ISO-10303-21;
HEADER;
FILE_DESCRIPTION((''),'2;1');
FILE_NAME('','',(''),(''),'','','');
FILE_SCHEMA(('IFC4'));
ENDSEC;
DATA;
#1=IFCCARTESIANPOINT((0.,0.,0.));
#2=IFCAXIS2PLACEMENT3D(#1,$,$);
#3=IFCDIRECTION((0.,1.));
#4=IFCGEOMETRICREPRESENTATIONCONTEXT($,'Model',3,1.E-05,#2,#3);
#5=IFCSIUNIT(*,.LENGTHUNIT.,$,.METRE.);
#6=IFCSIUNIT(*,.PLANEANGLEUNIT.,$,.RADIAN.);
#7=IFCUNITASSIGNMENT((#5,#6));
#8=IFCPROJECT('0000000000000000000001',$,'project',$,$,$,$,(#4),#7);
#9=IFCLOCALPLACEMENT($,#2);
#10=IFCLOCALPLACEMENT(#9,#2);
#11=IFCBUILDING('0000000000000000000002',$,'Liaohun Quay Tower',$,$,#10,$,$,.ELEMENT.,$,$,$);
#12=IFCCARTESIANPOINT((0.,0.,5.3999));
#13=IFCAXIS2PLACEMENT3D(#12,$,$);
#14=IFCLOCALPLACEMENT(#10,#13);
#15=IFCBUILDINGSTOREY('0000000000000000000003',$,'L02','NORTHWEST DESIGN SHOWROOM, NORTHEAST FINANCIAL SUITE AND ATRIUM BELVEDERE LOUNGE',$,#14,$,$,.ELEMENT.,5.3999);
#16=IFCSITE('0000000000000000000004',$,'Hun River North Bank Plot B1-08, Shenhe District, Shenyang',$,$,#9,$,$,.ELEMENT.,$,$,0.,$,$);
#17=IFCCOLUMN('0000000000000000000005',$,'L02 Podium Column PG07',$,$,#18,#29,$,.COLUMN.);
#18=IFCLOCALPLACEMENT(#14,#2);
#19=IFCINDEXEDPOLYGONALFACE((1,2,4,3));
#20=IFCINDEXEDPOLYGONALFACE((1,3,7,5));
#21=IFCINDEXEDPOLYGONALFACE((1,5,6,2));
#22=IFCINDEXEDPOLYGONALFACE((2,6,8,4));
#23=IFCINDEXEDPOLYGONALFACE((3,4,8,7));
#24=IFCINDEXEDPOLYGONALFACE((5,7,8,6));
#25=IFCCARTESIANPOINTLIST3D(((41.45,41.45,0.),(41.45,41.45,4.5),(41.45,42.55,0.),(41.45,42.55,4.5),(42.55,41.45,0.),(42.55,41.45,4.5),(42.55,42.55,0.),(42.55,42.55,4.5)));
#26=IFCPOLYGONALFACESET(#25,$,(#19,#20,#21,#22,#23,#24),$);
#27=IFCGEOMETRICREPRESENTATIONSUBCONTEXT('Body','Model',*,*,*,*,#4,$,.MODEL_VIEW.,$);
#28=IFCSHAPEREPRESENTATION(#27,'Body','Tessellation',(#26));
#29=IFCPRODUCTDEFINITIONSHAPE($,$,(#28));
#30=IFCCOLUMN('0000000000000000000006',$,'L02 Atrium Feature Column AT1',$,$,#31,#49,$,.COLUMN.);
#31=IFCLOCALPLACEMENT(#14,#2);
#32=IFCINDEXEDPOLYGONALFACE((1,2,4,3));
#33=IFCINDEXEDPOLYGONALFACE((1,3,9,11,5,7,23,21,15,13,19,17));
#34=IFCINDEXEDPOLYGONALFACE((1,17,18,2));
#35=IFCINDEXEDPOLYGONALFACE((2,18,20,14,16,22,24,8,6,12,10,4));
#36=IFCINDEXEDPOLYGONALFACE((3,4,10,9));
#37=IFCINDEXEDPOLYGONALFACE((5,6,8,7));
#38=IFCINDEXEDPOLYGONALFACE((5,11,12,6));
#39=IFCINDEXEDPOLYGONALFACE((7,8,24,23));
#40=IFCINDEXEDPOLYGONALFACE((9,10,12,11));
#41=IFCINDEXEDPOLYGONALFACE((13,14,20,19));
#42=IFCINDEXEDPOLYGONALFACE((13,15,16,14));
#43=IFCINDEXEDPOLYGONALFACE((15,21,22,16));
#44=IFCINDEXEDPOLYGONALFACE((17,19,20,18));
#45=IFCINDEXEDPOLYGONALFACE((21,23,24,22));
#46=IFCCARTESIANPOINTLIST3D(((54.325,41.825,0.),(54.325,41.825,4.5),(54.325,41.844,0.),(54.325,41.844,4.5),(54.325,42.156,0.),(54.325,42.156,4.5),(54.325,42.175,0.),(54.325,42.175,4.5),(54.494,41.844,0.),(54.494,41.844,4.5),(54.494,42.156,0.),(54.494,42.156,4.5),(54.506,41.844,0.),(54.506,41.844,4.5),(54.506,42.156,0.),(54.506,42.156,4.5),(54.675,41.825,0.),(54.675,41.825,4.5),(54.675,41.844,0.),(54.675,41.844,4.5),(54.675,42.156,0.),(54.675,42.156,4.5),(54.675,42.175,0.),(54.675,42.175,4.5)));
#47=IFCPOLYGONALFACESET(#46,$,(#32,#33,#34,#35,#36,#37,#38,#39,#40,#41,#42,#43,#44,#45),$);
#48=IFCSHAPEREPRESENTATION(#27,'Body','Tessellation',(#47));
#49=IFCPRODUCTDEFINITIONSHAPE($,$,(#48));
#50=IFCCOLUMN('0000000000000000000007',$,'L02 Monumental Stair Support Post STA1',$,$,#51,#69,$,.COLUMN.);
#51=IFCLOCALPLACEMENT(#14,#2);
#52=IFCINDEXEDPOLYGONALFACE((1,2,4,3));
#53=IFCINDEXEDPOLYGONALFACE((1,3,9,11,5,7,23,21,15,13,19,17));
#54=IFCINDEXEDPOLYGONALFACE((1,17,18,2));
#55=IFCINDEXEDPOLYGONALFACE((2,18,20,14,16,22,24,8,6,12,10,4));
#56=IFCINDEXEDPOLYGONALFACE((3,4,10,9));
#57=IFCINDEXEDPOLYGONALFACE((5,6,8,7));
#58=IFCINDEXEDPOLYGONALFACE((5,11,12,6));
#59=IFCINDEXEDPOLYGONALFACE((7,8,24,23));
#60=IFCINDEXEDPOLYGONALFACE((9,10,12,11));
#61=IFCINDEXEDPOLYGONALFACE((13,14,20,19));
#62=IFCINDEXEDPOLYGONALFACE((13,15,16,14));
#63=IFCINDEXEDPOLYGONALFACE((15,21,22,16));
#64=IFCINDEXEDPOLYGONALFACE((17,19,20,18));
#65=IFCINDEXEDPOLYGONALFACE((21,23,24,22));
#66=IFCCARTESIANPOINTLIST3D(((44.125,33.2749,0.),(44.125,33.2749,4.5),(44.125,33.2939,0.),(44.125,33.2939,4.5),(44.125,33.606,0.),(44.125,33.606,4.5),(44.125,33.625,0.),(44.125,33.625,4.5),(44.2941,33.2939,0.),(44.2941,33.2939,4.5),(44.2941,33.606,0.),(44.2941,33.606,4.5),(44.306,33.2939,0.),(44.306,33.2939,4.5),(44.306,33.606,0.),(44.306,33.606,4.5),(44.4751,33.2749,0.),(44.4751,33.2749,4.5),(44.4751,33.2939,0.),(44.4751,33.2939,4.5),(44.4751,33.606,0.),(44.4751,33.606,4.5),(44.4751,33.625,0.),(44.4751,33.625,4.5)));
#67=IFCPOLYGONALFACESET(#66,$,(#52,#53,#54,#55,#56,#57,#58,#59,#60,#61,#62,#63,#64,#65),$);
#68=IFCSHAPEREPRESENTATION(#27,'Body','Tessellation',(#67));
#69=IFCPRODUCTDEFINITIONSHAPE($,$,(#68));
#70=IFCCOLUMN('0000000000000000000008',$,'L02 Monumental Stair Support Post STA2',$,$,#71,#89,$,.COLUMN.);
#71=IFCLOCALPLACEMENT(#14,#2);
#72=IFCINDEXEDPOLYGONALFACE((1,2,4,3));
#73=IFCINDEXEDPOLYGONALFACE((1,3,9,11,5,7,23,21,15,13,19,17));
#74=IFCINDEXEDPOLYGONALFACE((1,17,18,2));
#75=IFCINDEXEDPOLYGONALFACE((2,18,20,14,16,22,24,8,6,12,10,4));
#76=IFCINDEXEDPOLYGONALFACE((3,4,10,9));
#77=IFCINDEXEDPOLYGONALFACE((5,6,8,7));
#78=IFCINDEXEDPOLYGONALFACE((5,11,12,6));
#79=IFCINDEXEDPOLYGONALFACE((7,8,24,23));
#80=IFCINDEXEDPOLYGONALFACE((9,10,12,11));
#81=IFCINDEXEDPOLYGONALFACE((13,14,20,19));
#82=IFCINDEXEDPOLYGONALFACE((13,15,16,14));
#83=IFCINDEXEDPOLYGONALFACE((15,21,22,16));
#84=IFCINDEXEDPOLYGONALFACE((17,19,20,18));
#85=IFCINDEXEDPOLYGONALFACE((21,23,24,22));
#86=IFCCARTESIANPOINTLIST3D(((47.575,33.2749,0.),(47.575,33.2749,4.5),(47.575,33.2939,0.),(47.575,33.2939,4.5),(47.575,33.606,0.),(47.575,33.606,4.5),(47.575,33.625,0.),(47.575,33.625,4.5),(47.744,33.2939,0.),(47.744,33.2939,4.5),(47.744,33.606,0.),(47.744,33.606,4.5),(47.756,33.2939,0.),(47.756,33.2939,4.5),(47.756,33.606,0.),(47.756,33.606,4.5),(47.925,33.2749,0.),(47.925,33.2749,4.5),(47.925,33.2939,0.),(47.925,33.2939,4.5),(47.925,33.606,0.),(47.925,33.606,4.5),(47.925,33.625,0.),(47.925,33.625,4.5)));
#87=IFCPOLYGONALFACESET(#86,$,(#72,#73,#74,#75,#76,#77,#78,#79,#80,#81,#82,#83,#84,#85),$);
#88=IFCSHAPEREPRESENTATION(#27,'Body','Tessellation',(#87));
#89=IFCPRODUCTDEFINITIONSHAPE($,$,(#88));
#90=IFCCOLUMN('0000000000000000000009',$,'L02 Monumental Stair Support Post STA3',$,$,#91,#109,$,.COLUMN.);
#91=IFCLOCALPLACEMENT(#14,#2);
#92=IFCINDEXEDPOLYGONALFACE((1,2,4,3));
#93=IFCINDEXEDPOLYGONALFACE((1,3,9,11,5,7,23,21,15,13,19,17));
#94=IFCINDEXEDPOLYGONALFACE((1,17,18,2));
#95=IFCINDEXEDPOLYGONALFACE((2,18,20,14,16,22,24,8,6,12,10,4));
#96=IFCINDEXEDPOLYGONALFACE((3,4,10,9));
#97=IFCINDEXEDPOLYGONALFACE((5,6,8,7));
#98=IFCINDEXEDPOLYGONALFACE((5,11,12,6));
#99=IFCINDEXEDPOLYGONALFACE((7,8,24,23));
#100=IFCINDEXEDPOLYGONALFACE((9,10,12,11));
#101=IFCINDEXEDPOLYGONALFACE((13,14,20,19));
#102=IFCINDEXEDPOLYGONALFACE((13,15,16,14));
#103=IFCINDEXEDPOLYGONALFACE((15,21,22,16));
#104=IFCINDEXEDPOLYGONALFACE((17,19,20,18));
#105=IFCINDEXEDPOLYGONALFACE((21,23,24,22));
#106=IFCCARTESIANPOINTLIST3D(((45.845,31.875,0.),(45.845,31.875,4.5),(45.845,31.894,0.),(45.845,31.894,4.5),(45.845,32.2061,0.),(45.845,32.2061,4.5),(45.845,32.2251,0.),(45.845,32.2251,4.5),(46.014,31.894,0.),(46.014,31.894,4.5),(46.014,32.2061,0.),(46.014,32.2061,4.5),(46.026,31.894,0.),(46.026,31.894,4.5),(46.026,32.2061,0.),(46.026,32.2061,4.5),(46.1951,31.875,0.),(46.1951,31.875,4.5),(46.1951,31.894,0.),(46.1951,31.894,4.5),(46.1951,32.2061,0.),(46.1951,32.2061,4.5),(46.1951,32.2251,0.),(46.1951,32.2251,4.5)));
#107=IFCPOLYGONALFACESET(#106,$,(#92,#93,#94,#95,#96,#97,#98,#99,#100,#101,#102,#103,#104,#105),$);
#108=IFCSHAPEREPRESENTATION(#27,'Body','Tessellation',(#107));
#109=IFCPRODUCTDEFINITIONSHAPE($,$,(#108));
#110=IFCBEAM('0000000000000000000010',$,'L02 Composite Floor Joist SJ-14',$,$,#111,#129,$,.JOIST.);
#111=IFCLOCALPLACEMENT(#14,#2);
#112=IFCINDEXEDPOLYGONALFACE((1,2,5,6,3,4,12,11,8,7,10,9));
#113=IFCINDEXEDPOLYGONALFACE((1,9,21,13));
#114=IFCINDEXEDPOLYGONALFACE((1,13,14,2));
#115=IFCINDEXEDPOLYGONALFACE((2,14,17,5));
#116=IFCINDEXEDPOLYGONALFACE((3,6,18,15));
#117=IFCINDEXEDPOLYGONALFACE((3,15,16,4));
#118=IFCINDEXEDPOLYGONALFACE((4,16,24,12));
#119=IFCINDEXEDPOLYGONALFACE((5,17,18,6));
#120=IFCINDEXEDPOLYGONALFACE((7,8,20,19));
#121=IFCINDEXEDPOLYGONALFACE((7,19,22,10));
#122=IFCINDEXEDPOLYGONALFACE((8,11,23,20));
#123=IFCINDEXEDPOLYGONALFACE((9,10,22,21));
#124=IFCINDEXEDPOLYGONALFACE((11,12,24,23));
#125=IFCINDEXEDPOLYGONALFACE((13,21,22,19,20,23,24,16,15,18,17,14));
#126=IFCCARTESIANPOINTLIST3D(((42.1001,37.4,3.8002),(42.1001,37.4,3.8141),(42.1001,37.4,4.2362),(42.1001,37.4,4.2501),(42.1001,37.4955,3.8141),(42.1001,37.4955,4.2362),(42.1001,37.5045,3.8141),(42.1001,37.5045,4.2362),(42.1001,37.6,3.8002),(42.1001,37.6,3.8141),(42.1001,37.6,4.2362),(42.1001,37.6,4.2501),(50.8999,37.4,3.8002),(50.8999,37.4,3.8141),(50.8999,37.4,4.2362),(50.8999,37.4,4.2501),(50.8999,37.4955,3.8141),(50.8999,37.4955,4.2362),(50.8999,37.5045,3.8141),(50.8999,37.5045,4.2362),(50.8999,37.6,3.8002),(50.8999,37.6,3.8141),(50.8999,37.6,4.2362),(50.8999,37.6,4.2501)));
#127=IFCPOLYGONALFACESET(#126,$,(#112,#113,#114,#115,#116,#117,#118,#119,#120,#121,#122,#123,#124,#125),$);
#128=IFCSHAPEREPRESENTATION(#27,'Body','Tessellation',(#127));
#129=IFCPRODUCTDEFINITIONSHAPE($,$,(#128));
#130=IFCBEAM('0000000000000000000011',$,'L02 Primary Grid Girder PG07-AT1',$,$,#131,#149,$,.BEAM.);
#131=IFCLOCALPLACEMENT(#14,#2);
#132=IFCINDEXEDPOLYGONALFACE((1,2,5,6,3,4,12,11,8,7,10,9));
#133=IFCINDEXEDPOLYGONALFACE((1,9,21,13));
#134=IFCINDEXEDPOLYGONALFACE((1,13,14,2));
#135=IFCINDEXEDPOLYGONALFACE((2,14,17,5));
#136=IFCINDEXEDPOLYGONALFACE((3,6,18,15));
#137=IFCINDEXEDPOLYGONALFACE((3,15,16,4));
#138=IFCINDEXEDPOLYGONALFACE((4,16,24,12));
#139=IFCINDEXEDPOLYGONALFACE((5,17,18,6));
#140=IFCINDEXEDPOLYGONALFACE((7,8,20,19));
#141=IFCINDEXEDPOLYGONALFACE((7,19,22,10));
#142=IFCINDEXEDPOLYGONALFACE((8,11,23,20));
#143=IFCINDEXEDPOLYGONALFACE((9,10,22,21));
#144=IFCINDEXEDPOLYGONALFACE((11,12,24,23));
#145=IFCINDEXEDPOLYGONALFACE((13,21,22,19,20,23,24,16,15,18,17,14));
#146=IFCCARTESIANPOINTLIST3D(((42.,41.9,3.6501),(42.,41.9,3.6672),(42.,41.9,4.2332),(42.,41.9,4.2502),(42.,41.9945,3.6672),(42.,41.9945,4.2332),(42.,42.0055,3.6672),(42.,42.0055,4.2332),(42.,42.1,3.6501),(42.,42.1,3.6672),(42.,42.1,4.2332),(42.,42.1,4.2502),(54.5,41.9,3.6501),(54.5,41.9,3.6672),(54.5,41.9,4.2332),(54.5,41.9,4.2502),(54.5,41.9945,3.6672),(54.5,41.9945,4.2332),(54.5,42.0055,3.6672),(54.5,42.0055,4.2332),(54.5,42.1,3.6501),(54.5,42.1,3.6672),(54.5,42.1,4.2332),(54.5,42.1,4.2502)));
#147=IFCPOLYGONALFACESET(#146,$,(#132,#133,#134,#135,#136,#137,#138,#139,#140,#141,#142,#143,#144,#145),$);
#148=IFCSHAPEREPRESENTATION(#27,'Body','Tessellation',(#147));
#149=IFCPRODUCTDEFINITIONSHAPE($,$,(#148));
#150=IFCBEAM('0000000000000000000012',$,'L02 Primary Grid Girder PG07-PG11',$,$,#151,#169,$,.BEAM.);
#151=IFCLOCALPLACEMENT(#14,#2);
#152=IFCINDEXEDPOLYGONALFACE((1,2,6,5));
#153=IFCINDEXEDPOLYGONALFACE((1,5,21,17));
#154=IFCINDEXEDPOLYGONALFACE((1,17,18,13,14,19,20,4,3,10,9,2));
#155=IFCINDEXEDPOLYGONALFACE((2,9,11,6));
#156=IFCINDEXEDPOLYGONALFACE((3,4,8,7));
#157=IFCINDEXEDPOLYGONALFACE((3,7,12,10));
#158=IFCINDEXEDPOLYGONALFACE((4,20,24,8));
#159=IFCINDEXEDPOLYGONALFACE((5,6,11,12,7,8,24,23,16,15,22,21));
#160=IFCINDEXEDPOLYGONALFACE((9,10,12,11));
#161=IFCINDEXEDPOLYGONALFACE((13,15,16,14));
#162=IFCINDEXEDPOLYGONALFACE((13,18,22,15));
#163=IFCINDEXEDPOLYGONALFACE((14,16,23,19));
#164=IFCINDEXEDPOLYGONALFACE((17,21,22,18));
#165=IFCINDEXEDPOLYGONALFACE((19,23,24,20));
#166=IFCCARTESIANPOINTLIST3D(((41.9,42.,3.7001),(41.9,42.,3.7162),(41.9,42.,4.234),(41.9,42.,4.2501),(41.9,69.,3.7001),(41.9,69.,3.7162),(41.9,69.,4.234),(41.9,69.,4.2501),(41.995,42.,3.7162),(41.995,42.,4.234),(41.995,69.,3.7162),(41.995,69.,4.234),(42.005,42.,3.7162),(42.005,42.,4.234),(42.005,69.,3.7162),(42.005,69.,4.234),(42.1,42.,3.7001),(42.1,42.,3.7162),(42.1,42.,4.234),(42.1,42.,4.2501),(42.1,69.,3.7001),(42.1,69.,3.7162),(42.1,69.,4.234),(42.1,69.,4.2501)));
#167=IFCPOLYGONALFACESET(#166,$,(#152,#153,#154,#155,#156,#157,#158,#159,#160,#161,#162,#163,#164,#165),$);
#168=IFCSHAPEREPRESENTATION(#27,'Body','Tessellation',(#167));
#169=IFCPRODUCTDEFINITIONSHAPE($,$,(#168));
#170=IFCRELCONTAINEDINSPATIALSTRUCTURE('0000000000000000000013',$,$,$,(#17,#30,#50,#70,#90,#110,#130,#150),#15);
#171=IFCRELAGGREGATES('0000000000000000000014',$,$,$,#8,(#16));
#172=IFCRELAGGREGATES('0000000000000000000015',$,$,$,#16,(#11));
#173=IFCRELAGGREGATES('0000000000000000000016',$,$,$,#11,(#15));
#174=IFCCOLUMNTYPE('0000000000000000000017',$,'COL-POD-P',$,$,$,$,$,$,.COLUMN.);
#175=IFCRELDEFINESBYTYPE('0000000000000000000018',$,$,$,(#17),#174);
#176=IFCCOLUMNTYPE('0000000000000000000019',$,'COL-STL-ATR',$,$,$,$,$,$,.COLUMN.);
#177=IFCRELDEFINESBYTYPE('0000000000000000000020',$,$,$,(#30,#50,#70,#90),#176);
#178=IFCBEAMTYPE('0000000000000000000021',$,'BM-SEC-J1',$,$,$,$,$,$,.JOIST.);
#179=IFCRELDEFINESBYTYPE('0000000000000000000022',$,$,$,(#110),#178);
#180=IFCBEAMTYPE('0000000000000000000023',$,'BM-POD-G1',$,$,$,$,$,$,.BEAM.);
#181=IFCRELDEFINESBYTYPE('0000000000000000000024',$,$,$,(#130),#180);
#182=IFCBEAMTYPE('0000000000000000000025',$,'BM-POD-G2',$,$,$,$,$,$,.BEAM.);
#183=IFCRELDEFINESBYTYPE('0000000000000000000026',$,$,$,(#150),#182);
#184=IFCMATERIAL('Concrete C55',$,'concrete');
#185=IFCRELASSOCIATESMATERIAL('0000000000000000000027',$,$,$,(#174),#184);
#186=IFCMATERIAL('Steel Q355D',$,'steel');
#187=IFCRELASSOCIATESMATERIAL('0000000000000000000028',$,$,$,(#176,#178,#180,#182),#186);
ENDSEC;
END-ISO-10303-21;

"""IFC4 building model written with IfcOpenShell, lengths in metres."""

from ifc_helpers import new_model, si_unit, direction, frame, origin, origin_2d, place, context, subcontext, project, spatial, rectangle, i_section, extrude, source, transform, mapped, material, material_profile, profile_set, type_object, element, save


model = new_model("IFC4")

# Units and contexts
model_context = context("Model", 3, precision=1e-05, world=origin(), true_north=direction((0.0, 1.0)))
body_context = subcontext(model_context, "Body", "Model", "MODEL_VIEW")
ifc_project = project(units=[si_unit("LENGTHUNIT", "METRE"), si_unit("PLANEANGLEUNIT", "RADIAN")], contexts=[model_context])

# Site, building, storey
site_placement = place(None, origin())
site = spatial("IfcSite", under=ifc_project, at=site_placement, Name="Hun River North Bank Plot B1-08, Shenhe District, Shenyang", CompositionType="ELEMENT", RefElevation=0.0)
building_placement = place(site_placement, origin())
building = spatial("IfcBuilding", under=site, at=building_placement, Name="Liaohun Quay Tower", CompositionType="ELEMENT")
storey_placement = place(building_placement, frame((0.0, 0.0, 5.3999)))
storey = spatial("IfcBuildingStorey", under=building, at=storey_placement, Name="L02", Description="NORTHWEST DESIGN SHOWROOM, NORTHEAST FINANCIAL SUITE AND ATRIUM BELVEDERE LOUNGE", CompositionType="ELEMENT", Elevation=5.3999)

# Columns
ifc_material_1 = material(Name="Concrete C55", Category="concrete")
ifc_material_profile_1 = material_profile(ifc_material_1, rectangle(XDim=1.1001, YDim=1.1001, at=origin_2d()), Name="RC1100x1100")
ifc_profile_set_1 = profile_set([ifc_material_profile_1], Name="Concrete C55")
column_type_1 = type_object("IfcColumnType", Name="COL-POD-P", PredefinedType="COLUMN", material=ifc_profile_set_1)
shared_shape_1 = source(origin(), body_context, "Body", "SweptSolid", [
    extrude(rectangle(XDim=1.1001, YDim=1.1001, at=origin_2d()), origin(), (0.0, 0.0, 1.0), 4.5),
])
column_placement = place(storey_placement, frame((42.0, 42.0, 0.0), z_axis=(0.0, 0.0, 1.0), x_axis=(1.0, 0.0, 0.0)))
element("IfcColumn", 1, at=column_placement, inside=storey, type_object=column_type_1, Name="L02 Podium Column PG07", PredefinedType="COLUMN", context=body_context, shape_type="MappedRepresentation", body=[
    mapped(shared_shape_1, transform((0.0, 0.0, 0.0), x_axis=(1.0, 0.0, 0.0), y_axis=(0.0, 1.0, 0.0), z_axis=(0.0, 0.0, 1.0), scale=1.0)),
])
ifc_material_2 = material(Name="Steel Q355D", Category="steel")
ifc_material_profile_2 = material_profile(ifc_material_2, i_section(OverallWidth=0.3501, OverallDepth=0.3501, WebThickness=0.012, FlangeThickness=0.019, at=origin_2d()), Name="HW350x350x12x19")
ifc_profile_set_2 = profile_set([ifc_material_profile_2], Name="Steel Q355D")
column_type_2 = type_object("IfcColumnType", Name="COL-STL-ATR", PredefinedType="COLUMN", material=ifc_profile_set_2)
shared_shape_2 = source(origin(), body_context, "Body", "SweptSolid", [
    extrude(i_section(OverallWidth=0.3501, OverallDepth=0.3501, WebThickness=0.012, FlangeThickness=0.019, at=origin_2d()), origin(), (0.0, 0.0, 1.0), 4.5),
])
for number, where, z_axis, x_axis, name in (
    (2, (54.5, 42.0, 0.0), (0.0, 0.0, 1.0), (1.0, 0.0, 0.0), "L02 Atrium Feature Column AT1"),
    (3, (44.3, 33.45, 0.0), (0.0, 0.0, 1.0), (1.0, 0.0, 0.0), "L02 Monumental Stair Support Post STA1"),
    (4, (47.75, 33.45, 0.0), (0.0, 0.0, 1.0), (1.0, 0.0, 0.0), "L02 Monumental Stair Support Post STA2"),
    (5, (46.02, 32.05, 0.0), (0.0, 0.0, 1.0), (1.0, 0.0, 0.0), "L02 Monumental Stair Support Post STA3"),
):
    element("IfcColumn", number, at=place(storey_placement, frame(where, z_axis=z_axis, x_axis=x_axis)), inside=storey, type_object=column_type_2, Name=name, PredefinedType="COLUMN", context=body_context, shape_type="MappedRepresentation", body=[
        mapped(shared_shape_2, transform((0.0, 0.0, 0.0), x_axis=(1.0, 0.0, 0.0), y_axis=(0.0, 1.0, 0.0), z_axis=(0.0, 0.0, 1.0), scale=1.0)),
    ])

# Beams
ifc_material_profile_3 = material_profile(ifc_material_2, i_section(OverallWidth=0.2, OverallDepth=0.45, WebThickness=0.009, FlangeThickness=0.0139, at=origin_2d()), Name="HN450x200x9x14")
ifc_profile_set_3 = profile_set([ifc_material_profile_3], Name="Steel Q355D")
beam_type_1 = type_object("IfcBeamType", Name="BM-SEC-J1", PredefinedType="JOIST", material=ifc_profile_set_3)
shared_shape_3 = source(origin(), body_context, "Body", "SweptSolid", [
    extrude(i_section(OverallWidth=0.2, OverallDepth=0.45, WebThickness=0.009, FlangeThickness=0.0139, at=origin_2d()), origin(), (0.0, 0.0, 1.0), 8.7998),
])
beam_1_placement = place(storey_placement, frame((42.1001, 37.5, 4.0251), z_axis=(1.0, 0.0, 0.0), x_axis=(0.0, 1.0, 0.0)))
element("IfcBeam", 6, at=beam_1_placement, inside=storey, type_object=beam_type_1, Name="L02 Composite Floor Joist SJ-14", PredefinedType="JOIST", context=body_context, shape_type="MappedRepresentation", body=[
    mapped(shared_shape_3, transform((0.0, 0.0, 0.0), x_axis=(1.0, 0.0, 0.0), y_axis=(0.0, 1.0, 0.0), z_axis=(0.0, 0.0, 1.0), scale=1.0)),
])
ifc_material_profile_4 = material_profile(ifc_material_2, i_section(OverallWidth=0.2, OverallDepth=0.6001, WebThickness=0.011, FlangeThickness=0.0171, at=origin_2d()), Name="HN600x200x11x17")
ifc_profile_set_4 = profile_set([ifc_material_profile_4], Name="Steel Q355D")
beam_type_2 = type_object("IfcBeamType", Name="BM-POD-G1", PredefinedType="BEAM", material=ifc_profile_set_4)
shared_shape_4 = source(origin(), body_context, "Body", "SweptSolid", [
    extrude(i_section(OverallWidth=0.2, OverallDepth=0.6001, WebThickness=0.011, FlangeThickness=0.0171, at=origin_2d()), origin(), (0.0, 0.0, 1.0), 12.5),
])
beam_2_placement = place(storey_placement, frame((42.0, 42.0, 3.9502), z_axis=(1.0, 0.0, 0.0), x_axis=(0.0, 1.0, 0.0)))
element("IfcBeam", 7, at=beam_2_placement, inside=storey, type_object=beam_type_2, Name="L02 Primary Grid Girder PG07-AT1", PredefinedType="BEAM", context=body_context, shape_type="MappedRepresentation", body=[
    mapped(shared_shape_4, transform((0.0, 0.0, 0.0), x_axis=(1.0, 0.0, 0.0), y_axis=(0.0, 1.0, 0.0), z_axis=(0.0, 0.0, 1.0), scale=1.0)),
])
ifc_material_profile_5 = material_profile(ifc_material_2, i_section(OverallWidth=0.2, OverallDepth=0.55, WebThickness=0.01, FlangeThickness=0.0161, at=origin_2d()), Name="HN550x200x10x16")
ifc_profile_set_5 = profile_set([ifc_material_profile_5], Name="Steel Q355D")
beam_type_3 = type_object("IfcBeamType", Name="BM-POD-G2", PredefinedType="BEAM", material=ifc_profile_set_5)
shared_shape_5 = source(origin(), body_context, "Body", "SweptSolid", [
    extrude(i_section(OverallWidth=0.2, OverallDepth=0.55, WebThickness=0.01, FlangeThickness=0.0161, at=origin_2d()), origin(), (0.0, 0.0, 1.0), 27.0),
])
beam_3_placement = place(storey_placement, frame((42.0, 42.0, 3.9751), z_axis=(0.0, 1.0, 0.0), x_axis=(-1.0, 0.0, 0.0)))
element("IfcBeam", 8, at=beam_3_placement, inside=storey, type_object=beam_type_3, Name="L02 Primary Grid Girder PG07-PG11", PredefinedType="BEAM", context=body_context, shape_type="MappedRepresentation", body=[
    mapped(shared_shape_5, transform((0.0, 0.0, 0.0), x_axis=(1.0, 0.0, 0.0), y_axis=(0.0, 1.0, 0.0), z_axis=(0.0, 0.0, 1.0), scale=1.0)),
])

save(model, "model.ifc")
